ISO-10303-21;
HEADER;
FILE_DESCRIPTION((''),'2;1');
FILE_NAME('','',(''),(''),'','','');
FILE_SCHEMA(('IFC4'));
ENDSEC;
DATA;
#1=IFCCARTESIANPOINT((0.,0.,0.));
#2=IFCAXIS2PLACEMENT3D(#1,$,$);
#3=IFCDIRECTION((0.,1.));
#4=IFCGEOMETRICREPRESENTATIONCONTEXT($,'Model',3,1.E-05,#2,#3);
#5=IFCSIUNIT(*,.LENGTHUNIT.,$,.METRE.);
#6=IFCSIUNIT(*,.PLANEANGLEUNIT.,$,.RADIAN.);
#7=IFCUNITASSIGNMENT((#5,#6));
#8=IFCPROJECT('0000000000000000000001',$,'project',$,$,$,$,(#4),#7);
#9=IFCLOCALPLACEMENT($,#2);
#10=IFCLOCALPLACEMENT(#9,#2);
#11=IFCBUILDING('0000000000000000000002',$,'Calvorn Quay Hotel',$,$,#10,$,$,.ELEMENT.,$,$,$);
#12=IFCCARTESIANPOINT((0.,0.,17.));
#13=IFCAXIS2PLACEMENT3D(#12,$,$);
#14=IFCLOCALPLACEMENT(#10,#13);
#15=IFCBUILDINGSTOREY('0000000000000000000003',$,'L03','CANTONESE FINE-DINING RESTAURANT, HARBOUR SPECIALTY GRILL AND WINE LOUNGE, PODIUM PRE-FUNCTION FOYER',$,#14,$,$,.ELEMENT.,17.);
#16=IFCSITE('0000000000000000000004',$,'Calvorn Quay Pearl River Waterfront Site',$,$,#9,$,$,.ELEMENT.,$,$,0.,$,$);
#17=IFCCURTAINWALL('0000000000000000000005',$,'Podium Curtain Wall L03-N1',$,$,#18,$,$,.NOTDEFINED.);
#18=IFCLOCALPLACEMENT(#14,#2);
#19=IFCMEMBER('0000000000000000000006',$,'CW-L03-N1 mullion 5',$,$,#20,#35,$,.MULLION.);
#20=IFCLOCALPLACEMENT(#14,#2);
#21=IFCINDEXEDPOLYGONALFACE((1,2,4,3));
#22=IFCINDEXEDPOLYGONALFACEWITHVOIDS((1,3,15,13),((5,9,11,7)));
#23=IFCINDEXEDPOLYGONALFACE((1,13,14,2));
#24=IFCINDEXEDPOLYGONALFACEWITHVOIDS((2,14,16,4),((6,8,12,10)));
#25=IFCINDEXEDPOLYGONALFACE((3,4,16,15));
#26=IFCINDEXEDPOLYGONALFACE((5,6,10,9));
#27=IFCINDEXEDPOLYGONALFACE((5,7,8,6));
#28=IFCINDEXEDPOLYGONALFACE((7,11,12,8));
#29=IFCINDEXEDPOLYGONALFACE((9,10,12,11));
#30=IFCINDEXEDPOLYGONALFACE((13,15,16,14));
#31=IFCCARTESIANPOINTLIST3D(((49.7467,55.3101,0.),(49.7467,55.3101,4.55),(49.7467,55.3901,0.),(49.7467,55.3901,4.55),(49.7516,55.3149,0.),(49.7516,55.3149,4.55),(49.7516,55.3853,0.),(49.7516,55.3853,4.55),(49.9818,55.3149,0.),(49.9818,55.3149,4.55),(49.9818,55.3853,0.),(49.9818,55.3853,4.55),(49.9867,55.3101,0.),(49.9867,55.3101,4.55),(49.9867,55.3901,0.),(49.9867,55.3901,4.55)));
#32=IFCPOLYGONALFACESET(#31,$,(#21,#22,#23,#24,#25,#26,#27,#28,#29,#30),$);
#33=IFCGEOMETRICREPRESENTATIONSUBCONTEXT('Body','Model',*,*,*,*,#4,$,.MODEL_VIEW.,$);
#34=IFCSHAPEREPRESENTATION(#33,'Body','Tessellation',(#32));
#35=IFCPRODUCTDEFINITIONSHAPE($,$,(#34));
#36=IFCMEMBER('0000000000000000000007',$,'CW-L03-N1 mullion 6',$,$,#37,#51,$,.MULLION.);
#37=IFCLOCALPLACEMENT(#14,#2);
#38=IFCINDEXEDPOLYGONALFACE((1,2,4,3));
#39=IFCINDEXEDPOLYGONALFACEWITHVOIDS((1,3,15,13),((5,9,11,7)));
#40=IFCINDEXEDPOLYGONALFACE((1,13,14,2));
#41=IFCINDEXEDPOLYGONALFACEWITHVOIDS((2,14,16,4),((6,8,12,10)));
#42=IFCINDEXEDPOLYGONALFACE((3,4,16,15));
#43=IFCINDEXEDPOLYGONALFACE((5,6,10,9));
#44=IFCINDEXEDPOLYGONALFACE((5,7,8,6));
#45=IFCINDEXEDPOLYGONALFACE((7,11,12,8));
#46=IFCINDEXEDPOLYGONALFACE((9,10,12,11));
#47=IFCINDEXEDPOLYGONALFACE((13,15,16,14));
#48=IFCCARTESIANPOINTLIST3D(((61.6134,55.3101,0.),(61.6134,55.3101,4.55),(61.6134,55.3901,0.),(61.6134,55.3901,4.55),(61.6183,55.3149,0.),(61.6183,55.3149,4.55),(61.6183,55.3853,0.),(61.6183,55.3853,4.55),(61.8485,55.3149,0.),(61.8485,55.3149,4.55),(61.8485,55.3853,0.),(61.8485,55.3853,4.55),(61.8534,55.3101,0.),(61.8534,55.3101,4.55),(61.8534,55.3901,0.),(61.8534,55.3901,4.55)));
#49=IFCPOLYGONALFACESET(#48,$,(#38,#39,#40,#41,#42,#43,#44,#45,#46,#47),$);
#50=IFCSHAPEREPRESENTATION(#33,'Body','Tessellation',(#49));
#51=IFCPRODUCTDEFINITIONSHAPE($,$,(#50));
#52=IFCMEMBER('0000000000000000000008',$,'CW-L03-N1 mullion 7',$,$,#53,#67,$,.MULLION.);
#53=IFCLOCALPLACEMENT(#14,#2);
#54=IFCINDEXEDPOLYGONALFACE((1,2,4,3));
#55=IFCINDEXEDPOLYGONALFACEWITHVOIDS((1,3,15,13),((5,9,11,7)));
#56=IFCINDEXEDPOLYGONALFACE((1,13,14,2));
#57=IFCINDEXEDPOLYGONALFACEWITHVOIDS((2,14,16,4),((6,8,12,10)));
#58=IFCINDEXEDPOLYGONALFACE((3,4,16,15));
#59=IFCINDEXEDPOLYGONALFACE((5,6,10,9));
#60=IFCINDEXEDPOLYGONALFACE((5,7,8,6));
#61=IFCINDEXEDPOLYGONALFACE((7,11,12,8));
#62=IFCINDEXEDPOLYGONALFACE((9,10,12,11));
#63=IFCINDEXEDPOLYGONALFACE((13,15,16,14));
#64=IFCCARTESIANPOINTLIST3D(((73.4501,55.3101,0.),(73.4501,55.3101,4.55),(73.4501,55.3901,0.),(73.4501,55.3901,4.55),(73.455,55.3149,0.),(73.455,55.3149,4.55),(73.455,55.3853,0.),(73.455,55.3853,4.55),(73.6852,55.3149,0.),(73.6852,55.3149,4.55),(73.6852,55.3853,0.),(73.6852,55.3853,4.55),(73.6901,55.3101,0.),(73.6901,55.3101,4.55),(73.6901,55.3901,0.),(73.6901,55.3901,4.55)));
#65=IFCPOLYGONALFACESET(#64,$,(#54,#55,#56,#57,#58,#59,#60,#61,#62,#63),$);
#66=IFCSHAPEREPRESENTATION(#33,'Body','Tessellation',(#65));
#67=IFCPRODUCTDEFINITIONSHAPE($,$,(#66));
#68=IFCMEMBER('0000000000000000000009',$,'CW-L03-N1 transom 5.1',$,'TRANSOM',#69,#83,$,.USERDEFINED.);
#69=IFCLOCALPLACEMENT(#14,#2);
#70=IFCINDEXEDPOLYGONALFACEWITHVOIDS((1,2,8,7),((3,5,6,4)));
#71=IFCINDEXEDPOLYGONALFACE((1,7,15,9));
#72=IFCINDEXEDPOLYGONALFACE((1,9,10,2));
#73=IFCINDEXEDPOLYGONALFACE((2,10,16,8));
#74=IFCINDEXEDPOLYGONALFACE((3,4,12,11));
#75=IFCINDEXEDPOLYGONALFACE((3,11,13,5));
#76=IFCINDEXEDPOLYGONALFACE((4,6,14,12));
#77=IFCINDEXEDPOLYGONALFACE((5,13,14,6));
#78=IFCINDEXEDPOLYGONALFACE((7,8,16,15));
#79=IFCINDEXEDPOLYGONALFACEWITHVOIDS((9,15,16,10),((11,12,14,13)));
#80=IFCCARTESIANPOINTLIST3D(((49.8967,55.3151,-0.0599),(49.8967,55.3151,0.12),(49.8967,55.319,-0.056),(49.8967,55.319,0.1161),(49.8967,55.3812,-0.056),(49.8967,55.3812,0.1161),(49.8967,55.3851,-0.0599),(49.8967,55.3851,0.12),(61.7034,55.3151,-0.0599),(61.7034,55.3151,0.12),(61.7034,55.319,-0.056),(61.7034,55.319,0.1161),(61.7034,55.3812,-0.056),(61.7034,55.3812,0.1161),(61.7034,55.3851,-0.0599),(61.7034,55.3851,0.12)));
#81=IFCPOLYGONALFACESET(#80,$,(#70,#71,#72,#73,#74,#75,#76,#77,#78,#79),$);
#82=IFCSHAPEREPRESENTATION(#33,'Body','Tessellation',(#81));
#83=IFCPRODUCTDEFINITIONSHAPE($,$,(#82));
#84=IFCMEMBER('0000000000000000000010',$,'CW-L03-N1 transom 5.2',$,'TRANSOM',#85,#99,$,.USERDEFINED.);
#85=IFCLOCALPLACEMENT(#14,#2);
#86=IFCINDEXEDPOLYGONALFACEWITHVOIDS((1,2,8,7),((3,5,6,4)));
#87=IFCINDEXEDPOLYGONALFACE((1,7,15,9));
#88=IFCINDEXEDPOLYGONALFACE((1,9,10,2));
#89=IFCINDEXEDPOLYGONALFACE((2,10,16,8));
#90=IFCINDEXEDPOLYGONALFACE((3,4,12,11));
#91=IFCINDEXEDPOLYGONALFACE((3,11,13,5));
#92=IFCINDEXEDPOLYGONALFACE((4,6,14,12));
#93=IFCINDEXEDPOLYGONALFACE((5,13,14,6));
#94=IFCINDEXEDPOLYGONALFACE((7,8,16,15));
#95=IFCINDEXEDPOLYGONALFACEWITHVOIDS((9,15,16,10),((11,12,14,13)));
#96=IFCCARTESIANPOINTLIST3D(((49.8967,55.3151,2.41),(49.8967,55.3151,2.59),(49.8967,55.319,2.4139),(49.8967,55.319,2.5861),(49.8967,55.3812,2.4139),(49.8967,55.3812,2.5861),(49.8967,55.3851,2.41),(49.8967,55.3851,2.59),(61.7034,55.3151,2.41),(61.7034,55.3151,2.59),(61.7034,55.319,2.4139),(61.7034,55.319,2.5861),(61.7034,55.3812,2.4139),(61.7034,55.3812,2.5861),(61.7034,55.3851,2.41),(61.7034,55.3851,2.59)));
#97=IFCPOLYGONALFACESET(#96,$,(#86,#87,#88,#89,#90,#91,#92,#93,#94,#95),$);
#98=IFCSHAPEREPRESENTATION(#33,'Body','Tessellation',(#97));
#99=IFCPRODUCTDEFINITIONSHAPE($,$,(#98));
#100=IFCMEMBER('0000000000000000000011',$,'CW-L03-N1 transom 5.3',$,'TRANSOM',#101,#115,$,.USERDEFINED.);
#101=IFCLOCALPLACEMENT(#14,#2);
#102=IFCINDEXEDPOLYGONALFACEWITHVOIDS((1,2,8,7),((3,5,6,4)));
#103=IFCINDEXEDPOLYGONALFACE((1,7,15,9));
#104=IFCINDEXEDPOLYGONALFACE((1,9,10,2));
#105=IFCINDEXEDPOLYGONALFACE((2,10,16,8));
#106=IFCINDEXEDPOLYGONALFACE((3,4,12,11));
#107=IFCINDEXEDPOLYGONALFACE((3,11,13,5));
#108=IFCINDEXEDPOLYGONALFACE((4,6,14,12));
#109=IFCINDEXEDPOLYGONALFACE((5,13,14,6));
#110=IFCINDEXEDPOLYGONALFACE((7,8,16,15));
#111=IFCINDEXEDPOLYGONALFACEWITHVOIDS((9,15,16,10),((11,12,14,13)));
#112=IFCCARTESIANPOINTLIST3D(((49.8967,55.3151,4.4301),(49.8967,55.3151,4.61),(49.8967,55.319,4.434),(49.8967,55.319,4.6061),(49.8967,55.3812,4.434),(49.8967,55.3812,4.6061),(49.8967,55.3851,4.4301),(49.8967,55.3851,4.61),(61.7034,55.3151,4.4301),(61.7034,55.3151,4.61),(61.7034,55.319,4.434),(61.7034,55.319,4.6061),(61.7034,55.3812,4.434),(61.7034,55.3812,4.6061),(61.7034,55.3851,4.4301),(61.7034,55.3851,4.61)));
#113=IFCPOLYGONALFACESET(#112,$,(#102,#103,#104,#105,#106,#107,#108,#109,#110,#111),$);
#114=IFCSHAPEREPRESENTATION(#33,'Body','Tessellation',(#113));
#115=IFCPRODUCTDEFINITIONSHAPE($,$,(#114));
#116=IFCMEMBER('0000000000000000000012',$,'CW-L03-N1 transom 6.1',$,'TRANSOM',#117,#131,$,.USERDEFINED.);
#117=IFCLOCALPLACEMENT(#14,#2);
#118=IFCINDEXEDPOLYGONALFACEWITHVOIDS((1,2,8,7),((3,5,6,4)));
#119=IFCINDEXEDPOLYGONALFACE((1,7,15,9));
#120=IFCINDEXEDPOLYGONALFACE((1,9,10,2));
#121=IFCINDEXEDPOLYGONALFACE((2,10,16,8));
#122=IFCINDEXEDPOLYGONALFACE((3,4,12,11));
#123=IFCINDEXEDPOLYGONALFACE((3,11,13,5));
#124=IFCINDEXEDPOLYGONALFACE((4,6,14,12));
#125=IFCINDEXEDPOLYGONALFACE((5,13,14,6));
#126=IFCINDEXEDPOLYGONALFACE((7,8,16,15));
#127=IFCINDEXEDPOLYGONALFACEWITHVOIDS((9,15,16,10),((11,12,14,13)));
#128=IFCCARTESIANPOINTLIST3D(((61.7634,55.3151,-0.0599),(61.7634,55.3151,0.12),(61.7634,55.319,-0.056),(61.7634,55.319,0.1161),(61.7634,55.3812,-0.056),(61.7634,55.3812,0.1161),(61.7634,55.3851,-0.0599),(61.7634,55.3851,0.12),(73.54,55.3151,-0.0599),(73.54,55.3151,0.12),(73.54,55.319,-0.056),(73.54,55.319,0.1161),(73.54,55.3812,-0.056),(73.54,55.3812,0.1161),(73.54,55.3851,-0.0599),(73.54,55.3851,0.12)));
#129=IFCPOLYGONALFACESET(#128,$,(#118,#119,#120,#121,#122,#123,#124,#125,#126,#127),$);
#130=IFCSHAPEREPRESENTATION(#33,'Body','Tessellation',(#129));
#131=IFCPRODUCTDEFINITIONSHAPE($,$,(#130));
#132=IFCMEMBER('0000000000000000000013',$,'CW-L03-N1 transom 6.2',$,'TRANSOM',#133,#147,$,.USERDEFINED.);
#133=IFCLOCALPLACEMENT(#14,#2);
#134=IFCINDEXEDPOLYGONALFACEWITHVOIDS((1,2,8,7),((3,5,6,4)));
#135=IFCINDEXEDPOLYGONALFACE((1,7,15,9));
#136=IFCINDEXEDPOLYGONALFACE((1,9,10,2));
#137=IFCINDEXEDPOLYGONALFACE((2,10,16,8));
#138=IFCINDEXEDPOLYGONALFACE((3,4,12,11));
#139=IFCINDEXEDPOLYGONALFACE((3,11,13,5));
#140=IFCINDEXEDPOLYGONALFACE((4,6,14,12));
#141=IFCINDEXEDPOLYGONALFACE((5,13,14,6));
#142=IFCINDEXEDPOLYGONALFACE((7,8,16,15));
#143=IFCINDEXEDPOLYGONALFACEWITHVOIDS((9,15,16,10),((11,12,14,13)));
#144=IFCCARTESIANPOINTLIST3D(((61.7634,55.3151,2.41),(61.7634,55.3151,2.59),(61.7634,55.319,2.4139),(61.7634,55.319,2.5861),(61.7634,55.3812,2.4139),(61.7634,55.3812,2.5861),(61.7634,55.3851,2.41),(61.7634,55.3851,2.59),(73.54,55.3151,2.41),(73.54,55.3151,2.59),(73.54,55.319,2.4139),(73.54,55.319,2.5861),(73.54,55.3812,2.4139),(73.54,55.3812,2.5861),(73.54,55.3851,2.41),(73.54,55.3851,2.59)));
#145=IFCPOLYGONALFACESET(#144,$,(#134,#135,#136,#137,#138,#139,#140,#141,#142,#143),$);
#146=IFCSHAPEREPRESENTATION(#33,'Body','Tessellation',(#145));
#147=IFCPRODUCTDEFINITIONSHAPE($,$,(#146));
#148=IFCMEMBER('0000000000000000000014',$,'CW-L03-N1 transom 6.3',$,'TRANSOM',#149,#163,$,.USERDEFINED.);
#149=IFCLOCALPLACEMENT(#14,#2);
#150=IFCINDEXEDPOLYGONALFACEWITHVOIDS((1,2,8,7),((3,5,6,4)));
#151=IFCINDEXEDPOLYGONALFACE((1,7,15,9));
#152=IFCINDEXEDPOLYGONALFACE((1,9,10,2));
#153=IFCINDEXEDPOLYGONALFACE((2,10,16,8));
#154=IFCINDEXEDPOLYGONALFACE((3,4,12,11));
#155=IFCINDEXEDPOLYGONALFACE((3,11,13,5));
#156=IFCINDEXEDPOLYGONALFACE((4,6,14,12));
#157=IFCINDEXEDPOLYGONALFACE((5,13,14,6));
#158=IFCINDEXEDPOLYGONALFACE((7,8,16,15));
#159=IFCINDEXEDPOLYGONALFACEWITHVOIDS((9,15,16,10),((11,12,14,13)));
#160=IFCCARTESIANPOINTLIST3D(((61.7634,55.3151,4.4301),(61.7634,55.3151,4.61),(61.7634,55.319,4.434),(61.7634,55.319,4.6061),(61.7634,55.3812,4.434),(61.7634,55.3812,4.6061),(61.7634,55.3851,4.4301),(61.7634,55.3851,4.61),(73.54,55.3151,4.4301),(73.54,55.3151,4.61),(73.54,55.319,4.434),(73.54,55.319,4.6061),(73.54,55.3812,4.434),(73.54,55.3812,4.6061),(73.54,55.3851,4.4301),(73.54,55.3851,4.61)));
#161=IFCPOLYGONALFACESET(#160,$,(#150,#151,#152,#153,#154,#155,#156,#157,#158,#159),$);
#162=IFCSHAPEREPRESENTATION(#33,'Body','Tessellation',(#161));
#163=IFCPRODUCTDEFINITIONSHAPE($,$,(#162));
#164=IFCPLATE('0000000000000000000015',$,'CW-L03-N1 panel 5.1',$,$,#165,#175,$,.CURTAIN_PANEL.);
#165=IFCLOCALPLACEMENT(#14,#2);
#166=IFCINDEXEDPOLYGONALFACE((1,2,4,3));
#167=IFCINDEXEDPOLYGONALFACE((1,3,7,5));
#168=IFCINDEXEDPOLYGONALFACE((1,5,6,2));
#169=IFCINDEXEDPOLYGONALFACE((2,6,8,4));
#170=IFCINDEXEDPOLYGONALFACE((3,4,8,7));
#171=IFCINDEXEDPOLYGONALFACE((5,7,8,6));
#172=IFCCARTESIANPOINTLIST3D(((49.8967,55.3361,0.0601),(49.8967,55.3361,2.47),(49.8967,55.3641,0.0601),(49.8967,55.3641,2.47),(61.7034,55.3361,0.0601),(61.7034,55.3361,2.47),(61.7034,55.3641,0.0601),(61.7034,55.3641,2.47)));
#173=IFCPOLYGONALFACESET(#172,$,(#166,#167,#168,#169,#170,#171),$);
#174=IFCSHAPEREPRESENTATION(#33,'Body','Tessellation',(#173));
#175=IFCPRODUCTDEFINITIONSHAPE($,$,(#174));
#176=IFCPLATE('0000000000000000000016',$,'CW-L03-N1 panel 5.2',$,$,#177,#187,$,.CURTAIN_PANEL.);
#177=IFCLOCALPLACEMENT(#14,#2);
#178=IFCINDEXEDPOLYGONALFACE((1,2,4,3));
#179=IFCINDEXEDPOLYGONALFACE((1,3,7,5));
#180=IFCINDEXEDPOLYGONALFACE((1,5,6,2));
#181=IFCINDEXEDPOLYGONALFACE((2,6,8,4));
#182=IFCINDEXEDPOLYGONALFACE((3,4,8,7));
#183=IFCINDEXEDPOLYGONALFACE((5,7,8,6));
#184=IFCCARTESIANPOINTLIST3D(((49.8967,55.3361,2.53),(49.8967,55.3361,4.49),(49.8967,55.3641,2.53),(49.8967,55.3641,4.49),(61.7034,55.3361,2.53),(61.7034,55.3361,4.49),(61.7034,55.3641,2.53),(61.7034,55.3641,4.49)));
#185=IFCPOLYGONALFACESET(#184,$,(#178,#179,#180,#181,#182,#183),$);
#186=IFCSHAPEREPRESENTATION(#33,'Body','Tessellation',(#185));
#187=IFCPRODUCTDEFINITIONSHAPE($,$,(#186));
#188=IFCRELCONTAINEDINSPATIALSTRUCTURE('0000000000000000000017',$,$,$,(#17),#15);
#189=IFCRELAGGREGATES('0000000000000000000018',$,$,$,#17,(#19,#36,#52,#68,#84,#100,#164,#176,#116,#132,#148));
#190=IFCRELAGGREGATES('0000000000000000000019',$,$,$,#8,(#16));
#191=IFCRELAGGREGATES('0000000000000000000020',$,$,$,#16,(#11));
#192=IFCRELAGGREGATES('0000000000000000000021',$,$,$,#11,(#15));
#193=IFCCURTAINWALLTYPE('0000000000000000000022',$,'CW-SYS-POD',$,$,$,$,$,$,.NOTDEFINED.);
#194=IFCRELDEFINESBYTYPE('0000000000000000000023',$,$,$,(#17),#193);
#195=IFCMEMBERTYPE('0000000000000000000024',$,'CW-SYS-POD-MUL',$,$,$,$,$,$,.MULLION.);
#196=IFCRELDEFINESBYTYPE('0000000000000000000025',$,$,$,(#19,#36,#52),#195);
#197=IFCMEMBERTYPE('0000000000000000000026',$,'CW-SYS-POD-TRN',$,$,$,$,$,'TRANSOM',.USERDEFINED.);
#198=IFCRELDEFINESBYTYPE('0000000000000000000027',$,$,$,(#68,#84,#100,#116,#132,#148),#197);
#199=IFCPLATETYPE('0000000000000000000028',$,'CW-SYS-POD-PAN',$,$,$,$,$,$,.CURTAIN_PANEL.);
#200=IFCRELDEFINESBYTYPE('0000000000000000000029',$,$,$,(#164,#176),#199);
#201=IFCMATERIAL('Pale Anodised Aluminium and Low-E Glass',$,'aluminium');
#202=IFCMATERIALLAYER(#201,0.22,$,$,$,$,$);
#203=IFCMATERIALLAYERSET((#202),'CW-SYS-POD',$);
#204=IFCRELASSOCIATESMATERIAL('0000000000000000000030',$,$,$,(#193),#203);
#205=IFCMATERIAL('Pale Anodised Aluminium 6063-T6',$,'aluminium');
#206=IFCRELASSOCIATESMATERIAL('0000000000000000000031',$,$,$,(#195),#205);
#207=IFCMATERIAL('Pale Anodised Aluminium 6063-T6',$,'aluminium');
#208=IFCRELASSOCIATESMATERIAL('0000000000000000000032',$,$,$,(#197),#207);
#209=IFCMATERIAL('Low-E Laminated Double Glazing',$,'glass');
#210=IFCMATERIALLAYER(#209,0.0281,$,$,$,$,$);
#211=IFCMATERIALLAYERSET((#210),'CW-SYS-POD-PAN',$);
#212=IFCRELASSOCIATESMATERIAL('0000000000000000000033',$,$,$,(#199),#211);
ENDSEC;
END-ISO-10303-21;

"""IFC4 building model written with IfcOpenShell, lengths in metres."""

from ifc_helpers import new_model, si_unit, direction, frame, origin, origin_2d, place, context, subcontext, project, spatial, rectangle, hollow_rectangle, extrude, material, layer, layer_set, material_profile, profile_set, type_object, element, aggregate, save


model = new_model("IFC4")

# Units and contexts
model_context = context("Model", 3, precision=1e-05, world=origin(), true_north=direction((0.0, 1.0)))
body_context = subcontext(model_context, "Body", "Model", "MODEL_VIEW")
ifc_project = project(units=[si_unit("LENGTHUNIT", "METRE"), si_unit("PLANEANGLEUNIT", "RADIAN")], contexts=[model_context])

# Site, building, storey
site_placement = place(None, origin())
site = spatial("IfcSite", under=ifc_project, at=site_placement, Name="Calvorn Quay Pearl River Waterfront Site", CompositionType="ELEMENT", RefElevation=0.0)
building_placement = place(site_placement, origin())
building = spatial("IfcBuilding", under=site, at=building_placement, Name="Calvorn Quay Hotel", CompositionType="ELEMENT")
storey_placement = place(building_placement, frame((0.0, 0.0, 17.0)))
storey = spatial("IfcBuildingStorey", under=building, at=storey_placement, Name="L03", Description="CANTONESE FINE-DINING RESTAURANT, HARBOUR SPECIALTY GRILL AND WINE LOUNGE, PODIUM PRE-FUNCTION FOYER", CompositionType="ELEMENT", Elevation=17.0)

# Curtain wall, members, plates
ifc_material_1 = material(Name="Pale Anodised Aluminium and Low-E Glass", Category="aluminium")
ifc_layer_1 = layer(ifc_material_1, 0.22)
ifc_layer_set_1 = layer_set([ifc_layer_1], Name="CW-SYS-POD")
curtain_wall_type = type_object("IfcCurtainWallType", Name="CW-SYS-POD", PredefinedType="NOTDEFINED", material=ifc_layer_set_1)
curtain_wall_placement = place(storey_placement, origin())
curtain_wall = element("IfcCurtainWall", 1, at=curtain_wall_placement, inside=storey, type_object=curtain_wall_type, Name="Podium Curtain Wall L03-N1", PredefinedType="NOTDEFINED")
ifc_material_2 = material(Name="Pale Anodised Aluminium 6063-T6", Category="aluminium")
ifc_material_profile_1 = material_profile(ifc_material_2, hollow_rectangle(XDim=0.0801, YDim=0.24, WallThickness=0.0049, at=origin_2d()), Name="ALU-M240x80x5")
ifc_profile_set_1 = profile_set([ifc_material_profile_1], Name="Pale Anodised Aluminium 6063-T6")
member_type_1 = type_object("IfcMemberType", Name="CW-SYS-POD-MUL", PredefinedType="MULLION", material=ifc_profile_set_1)
member_1_placement = place(storey_placement, frame((49.8667, 55.3501, 0.0), z_axis=(0.0, 0.0, 1.0), x_axis=(0.0, 1.0, 0.0)))
member_1 = element("IfcMember", 2, at=member_1_placement, type_object=member_type_1, Name="CW-L03-N1 mullion 5", PredefinedType="MULLION", context=body_context, shape_type="SweptSolid", body=[
    extrude(hollow_rectangle(XDim=0.0801, YDim=0.24, WallThickness=0.0049, at=origin_2d()), origin(), (0.0, 0.0, 1.0), 4.55),
])
member_2_placement = place(storey_placement, frame((61.7334, 55.3501, 0.0), z_axis=(0.0, 0.0, 1.0), x_axis=(0.0, 1.0, 0.0)))
member_2 = element("IfcMember", 3, at=member_2_placement, type_object=member_type_1, Name="CW-L03-N1 mullion 6", PredefinedType="MULLION", context=body_context, shape_type="SweptSolid", body=[
    extrude(hollow_rectangle(XDim=0.0801, YDim=0.24, WallThickness=0.0049, at=origin_2d()), origin(), (0.0, 0.0, 1.0), 4.55),
])
member_3_placement = place(storey_placement, frame((73.5701, 55.3501, 0.0), z_axis=(0.0, 0.0, 1.0), x_axis=(0.0, 1.0, 0.0)))
member_3 = element("IfcMember", 4, at=member_3_placement, type_object=member_type_1, Name="CW-L03-N1 mullion 7", PredefinedType="MULLION", context=body_context, shape_type="SweptSolid", body=[
    extrude(hollow_rectangle(XDim=0.0801, YDim=0.24, WallThickness=0.0049, at=origin_2d()), origin(), (0.0, 0.0, 1.0), 4.55),
])
ifc_material_3 = material(Name="Pale Anodised Aluminium 6063-T6", Category="aluminium")
ifc_material_profile_2 = material_profile(ifc_material_3, hollow_rectangle(XDim=0.0701, YDim=0.1799, WallThickness=0.0039, at=origin_2d()), Name="ALU-T180x70x4")
ifc_profile_set_2 = profile_set([ifc_material_profile_2], Name="Pale Anodised Aluminium 6063-T6")
member_type_2 = type_object("IfcMemberType", Name="CW-SYS-POD-TRN", ElementType="TRANSOM", PredefinedType="USERDEFINED", material=ifc_profile_set_2)
member_4_placement = place(storey_placement, frame((49.8967, 55.3501, 0.03), z_axis=(1.0, 0.0, 0.0), x_axis=(0.0, 1.0, 0.0)))
member_4 = element("IfcMember", 5, at=member_4_placement, type_object=member_type_2, Name="CW-L03-N1 transom 5.1", ObjectType="TRANSOM", PredefinedType="USERDEFINED", context=body_context, shape_type="SweptSolid", body=[
    extrude(hollow_rectangle(XDim=0.0701, YDim=0.1799, WallThickness=0.0039, at=origin_2d()), origin(), (0.0, 0.0, 1.0), 11.8066),
])
member_5_placement = place(storey_placement, frame((49.8967, 55.3501, 2.5), z_axis=(1.0, 0.0, 0.0), x_axis=(0.0, 1.0, 0.0)))
member_5 = element("IfcMember", 6, at=member_5_placement, type_object=member_type_2, Name="CW-L03-N1 transom 5.2", ObjectType="TRANSOM", PredefinedType="USERDEFINED", context=body_context, shape_type="SweptSolid", body=[
    extrude(hollow_rectangle(XDim=0.0701, YDim=0.1799, WallThickness=0.0039, at=origin_2d()), origin(), (0.0, 0.0, 1.0), 11.8066),
])
member_6_placement = place(storey_placement, frame((49.8967, 55.3501, 4.52), z_axis=(1.0, 0.0, 0.0), x_axis=(0.0, 1.0, 0.0)))
member_6 = element("IfcMember", 7, at=member_6_placement, type_object=member_type_2, Name="CW-L03-N1 transom 5.3", ObjectType="TRANSOM", PredefinedType="USERDEFINED", context=body_context, shape_type="SweptSolid", body=[
    extrude(hollow_rectangle(XDim=0.0701, YDim=0.1799, WallThickness=0.0039, at=origin_2d()), origin(), (0.0, 0.0, 1.0), 11.8066),
])
member_7_placement = place(storey_placement, frame((61.7634, 55.3501, 0.03), z_axis=(1.0, 0.0, 0.0), x_axis=(0.0, 1.0, 0.0)))
member_7 = element("IfcMember", 8, at=member_7_placement, type_object=member_type_2, Name="CW-L03-N1 transom 6.1", ObjectType="TRANSOM", PredefinedType="USERDEFINED", context=body_context, shape_type="SweptSolid", body=[
    extrude(hollow_rectangle(XDim=0.0701, YDim=0.1799, WallThickness=0.0039, at=origin_2d()), origin(), (0.0, 0.0, 1.0), 11.7766),
])
member_8_placement = place(storey_placement, frame((61.7634, 55.3501, 2.5), z_axis=(1.0, 0.0, 0.0), x_axis=(0.0, 1.0, 0.0)))
member_8 = element("IfcMember", 9, at=member_8_placement, type_object=member_type_2, Name="CW-L03-N1 transom 6.2", ObjectType="TRANSOM", PredefinedType="USERDEFINED", context=body_context, shape_type="SweptSolid", body=[
    extrude(hollow_rectangle(XDim=0.0701, YDim=0.1799, WallThickness=0.0039, at=origin_2d()), origin(), (0.0, 0.0, 1.0), 11.7766),
])
member_9_placement = place(storey_placement, frame((61.7634, 55.3501, 4.52), z_axis=(1.0, 0.0, 0.0), x_axis=(0.0, 1.0, 0.0)))
member_9 = element("IfcMember", 10, at=member_9_placement, type_object=member_type_2, Name="CW-L03-N1 transom 6.3", ObjectType="TRANSOM", PredefinedType="USERDEFINED", context=body_context, shape_type="SweptSolid", body=[
    extrude(hollow_rectangle(XDim=0.0701, YDim=0.1799, WallThickness=0.0039, at=origin_2d()), origin(), (0.0, 0.0, 1.0), 11.7766),
])
ifc_material_4 = material(Name="Low-E Laminated Double Glazing", Category="glass")
ifc_layer_2 = layer(ifc_material_4, 0.0281)
ifc_layer_set_2 = layer_set([ifc_layer_2], Name="CW-SYS-POD-PAN")
plate_type = type_object("IfcPlateType", Name="CW-SYS-POD-PAN", PredefinedType="CURTAIN_PANEL", material=ifc_layer_set_2)
plate_1_placement = place(storey_placement, frame((55.8, 55.3501, 0.0601), z_axis=(0.0, 0.0, 1.0), x_axis=(1.0, 0.0, 0.0)))
plate_1 = element("IfcPlate", 11, at=plate_1_placement, type_object=plate_type, Name="CW-L03-N1 panel 5.1", PredefinedType="CURTAIN_PANEL", context=body_context, shape_type="SweptSolid", body=[
    extrude(rectangle(XDim=11.8066, YDim=0.0281, at=origin_2d()), origin(), (0.0, 0.0, 1.0), 2.4099),
])
plate_2_placement = place(storey_placement, frame((55.8, 55.3501, 2.53), z_axis=(0.0, 0.0, 1.0), x_axis=(1.0, 0.0, 0.0)))
plate_2 = element("IfcPlate", 12, at=plate_2_placement, type_object=plate_type, Name="CW-L03-N1 panel 5.2", PredefinedType="CURTAIN_PANEL", context=body_context, shape_type="SweptSolid", body=[
    extrude(rectangle(XDim=11.8066, YDim=0.0281, at=origin_2d()), origin(), (0.0, 0.0, 1.0), 1.96),
])
aggregate(curtain_wall, [member_1, member_2, member_3, member_4, member_5, member_6, plate_1, plate_2, member_7, member_8, member_9])

save(model, "model.ifc")
